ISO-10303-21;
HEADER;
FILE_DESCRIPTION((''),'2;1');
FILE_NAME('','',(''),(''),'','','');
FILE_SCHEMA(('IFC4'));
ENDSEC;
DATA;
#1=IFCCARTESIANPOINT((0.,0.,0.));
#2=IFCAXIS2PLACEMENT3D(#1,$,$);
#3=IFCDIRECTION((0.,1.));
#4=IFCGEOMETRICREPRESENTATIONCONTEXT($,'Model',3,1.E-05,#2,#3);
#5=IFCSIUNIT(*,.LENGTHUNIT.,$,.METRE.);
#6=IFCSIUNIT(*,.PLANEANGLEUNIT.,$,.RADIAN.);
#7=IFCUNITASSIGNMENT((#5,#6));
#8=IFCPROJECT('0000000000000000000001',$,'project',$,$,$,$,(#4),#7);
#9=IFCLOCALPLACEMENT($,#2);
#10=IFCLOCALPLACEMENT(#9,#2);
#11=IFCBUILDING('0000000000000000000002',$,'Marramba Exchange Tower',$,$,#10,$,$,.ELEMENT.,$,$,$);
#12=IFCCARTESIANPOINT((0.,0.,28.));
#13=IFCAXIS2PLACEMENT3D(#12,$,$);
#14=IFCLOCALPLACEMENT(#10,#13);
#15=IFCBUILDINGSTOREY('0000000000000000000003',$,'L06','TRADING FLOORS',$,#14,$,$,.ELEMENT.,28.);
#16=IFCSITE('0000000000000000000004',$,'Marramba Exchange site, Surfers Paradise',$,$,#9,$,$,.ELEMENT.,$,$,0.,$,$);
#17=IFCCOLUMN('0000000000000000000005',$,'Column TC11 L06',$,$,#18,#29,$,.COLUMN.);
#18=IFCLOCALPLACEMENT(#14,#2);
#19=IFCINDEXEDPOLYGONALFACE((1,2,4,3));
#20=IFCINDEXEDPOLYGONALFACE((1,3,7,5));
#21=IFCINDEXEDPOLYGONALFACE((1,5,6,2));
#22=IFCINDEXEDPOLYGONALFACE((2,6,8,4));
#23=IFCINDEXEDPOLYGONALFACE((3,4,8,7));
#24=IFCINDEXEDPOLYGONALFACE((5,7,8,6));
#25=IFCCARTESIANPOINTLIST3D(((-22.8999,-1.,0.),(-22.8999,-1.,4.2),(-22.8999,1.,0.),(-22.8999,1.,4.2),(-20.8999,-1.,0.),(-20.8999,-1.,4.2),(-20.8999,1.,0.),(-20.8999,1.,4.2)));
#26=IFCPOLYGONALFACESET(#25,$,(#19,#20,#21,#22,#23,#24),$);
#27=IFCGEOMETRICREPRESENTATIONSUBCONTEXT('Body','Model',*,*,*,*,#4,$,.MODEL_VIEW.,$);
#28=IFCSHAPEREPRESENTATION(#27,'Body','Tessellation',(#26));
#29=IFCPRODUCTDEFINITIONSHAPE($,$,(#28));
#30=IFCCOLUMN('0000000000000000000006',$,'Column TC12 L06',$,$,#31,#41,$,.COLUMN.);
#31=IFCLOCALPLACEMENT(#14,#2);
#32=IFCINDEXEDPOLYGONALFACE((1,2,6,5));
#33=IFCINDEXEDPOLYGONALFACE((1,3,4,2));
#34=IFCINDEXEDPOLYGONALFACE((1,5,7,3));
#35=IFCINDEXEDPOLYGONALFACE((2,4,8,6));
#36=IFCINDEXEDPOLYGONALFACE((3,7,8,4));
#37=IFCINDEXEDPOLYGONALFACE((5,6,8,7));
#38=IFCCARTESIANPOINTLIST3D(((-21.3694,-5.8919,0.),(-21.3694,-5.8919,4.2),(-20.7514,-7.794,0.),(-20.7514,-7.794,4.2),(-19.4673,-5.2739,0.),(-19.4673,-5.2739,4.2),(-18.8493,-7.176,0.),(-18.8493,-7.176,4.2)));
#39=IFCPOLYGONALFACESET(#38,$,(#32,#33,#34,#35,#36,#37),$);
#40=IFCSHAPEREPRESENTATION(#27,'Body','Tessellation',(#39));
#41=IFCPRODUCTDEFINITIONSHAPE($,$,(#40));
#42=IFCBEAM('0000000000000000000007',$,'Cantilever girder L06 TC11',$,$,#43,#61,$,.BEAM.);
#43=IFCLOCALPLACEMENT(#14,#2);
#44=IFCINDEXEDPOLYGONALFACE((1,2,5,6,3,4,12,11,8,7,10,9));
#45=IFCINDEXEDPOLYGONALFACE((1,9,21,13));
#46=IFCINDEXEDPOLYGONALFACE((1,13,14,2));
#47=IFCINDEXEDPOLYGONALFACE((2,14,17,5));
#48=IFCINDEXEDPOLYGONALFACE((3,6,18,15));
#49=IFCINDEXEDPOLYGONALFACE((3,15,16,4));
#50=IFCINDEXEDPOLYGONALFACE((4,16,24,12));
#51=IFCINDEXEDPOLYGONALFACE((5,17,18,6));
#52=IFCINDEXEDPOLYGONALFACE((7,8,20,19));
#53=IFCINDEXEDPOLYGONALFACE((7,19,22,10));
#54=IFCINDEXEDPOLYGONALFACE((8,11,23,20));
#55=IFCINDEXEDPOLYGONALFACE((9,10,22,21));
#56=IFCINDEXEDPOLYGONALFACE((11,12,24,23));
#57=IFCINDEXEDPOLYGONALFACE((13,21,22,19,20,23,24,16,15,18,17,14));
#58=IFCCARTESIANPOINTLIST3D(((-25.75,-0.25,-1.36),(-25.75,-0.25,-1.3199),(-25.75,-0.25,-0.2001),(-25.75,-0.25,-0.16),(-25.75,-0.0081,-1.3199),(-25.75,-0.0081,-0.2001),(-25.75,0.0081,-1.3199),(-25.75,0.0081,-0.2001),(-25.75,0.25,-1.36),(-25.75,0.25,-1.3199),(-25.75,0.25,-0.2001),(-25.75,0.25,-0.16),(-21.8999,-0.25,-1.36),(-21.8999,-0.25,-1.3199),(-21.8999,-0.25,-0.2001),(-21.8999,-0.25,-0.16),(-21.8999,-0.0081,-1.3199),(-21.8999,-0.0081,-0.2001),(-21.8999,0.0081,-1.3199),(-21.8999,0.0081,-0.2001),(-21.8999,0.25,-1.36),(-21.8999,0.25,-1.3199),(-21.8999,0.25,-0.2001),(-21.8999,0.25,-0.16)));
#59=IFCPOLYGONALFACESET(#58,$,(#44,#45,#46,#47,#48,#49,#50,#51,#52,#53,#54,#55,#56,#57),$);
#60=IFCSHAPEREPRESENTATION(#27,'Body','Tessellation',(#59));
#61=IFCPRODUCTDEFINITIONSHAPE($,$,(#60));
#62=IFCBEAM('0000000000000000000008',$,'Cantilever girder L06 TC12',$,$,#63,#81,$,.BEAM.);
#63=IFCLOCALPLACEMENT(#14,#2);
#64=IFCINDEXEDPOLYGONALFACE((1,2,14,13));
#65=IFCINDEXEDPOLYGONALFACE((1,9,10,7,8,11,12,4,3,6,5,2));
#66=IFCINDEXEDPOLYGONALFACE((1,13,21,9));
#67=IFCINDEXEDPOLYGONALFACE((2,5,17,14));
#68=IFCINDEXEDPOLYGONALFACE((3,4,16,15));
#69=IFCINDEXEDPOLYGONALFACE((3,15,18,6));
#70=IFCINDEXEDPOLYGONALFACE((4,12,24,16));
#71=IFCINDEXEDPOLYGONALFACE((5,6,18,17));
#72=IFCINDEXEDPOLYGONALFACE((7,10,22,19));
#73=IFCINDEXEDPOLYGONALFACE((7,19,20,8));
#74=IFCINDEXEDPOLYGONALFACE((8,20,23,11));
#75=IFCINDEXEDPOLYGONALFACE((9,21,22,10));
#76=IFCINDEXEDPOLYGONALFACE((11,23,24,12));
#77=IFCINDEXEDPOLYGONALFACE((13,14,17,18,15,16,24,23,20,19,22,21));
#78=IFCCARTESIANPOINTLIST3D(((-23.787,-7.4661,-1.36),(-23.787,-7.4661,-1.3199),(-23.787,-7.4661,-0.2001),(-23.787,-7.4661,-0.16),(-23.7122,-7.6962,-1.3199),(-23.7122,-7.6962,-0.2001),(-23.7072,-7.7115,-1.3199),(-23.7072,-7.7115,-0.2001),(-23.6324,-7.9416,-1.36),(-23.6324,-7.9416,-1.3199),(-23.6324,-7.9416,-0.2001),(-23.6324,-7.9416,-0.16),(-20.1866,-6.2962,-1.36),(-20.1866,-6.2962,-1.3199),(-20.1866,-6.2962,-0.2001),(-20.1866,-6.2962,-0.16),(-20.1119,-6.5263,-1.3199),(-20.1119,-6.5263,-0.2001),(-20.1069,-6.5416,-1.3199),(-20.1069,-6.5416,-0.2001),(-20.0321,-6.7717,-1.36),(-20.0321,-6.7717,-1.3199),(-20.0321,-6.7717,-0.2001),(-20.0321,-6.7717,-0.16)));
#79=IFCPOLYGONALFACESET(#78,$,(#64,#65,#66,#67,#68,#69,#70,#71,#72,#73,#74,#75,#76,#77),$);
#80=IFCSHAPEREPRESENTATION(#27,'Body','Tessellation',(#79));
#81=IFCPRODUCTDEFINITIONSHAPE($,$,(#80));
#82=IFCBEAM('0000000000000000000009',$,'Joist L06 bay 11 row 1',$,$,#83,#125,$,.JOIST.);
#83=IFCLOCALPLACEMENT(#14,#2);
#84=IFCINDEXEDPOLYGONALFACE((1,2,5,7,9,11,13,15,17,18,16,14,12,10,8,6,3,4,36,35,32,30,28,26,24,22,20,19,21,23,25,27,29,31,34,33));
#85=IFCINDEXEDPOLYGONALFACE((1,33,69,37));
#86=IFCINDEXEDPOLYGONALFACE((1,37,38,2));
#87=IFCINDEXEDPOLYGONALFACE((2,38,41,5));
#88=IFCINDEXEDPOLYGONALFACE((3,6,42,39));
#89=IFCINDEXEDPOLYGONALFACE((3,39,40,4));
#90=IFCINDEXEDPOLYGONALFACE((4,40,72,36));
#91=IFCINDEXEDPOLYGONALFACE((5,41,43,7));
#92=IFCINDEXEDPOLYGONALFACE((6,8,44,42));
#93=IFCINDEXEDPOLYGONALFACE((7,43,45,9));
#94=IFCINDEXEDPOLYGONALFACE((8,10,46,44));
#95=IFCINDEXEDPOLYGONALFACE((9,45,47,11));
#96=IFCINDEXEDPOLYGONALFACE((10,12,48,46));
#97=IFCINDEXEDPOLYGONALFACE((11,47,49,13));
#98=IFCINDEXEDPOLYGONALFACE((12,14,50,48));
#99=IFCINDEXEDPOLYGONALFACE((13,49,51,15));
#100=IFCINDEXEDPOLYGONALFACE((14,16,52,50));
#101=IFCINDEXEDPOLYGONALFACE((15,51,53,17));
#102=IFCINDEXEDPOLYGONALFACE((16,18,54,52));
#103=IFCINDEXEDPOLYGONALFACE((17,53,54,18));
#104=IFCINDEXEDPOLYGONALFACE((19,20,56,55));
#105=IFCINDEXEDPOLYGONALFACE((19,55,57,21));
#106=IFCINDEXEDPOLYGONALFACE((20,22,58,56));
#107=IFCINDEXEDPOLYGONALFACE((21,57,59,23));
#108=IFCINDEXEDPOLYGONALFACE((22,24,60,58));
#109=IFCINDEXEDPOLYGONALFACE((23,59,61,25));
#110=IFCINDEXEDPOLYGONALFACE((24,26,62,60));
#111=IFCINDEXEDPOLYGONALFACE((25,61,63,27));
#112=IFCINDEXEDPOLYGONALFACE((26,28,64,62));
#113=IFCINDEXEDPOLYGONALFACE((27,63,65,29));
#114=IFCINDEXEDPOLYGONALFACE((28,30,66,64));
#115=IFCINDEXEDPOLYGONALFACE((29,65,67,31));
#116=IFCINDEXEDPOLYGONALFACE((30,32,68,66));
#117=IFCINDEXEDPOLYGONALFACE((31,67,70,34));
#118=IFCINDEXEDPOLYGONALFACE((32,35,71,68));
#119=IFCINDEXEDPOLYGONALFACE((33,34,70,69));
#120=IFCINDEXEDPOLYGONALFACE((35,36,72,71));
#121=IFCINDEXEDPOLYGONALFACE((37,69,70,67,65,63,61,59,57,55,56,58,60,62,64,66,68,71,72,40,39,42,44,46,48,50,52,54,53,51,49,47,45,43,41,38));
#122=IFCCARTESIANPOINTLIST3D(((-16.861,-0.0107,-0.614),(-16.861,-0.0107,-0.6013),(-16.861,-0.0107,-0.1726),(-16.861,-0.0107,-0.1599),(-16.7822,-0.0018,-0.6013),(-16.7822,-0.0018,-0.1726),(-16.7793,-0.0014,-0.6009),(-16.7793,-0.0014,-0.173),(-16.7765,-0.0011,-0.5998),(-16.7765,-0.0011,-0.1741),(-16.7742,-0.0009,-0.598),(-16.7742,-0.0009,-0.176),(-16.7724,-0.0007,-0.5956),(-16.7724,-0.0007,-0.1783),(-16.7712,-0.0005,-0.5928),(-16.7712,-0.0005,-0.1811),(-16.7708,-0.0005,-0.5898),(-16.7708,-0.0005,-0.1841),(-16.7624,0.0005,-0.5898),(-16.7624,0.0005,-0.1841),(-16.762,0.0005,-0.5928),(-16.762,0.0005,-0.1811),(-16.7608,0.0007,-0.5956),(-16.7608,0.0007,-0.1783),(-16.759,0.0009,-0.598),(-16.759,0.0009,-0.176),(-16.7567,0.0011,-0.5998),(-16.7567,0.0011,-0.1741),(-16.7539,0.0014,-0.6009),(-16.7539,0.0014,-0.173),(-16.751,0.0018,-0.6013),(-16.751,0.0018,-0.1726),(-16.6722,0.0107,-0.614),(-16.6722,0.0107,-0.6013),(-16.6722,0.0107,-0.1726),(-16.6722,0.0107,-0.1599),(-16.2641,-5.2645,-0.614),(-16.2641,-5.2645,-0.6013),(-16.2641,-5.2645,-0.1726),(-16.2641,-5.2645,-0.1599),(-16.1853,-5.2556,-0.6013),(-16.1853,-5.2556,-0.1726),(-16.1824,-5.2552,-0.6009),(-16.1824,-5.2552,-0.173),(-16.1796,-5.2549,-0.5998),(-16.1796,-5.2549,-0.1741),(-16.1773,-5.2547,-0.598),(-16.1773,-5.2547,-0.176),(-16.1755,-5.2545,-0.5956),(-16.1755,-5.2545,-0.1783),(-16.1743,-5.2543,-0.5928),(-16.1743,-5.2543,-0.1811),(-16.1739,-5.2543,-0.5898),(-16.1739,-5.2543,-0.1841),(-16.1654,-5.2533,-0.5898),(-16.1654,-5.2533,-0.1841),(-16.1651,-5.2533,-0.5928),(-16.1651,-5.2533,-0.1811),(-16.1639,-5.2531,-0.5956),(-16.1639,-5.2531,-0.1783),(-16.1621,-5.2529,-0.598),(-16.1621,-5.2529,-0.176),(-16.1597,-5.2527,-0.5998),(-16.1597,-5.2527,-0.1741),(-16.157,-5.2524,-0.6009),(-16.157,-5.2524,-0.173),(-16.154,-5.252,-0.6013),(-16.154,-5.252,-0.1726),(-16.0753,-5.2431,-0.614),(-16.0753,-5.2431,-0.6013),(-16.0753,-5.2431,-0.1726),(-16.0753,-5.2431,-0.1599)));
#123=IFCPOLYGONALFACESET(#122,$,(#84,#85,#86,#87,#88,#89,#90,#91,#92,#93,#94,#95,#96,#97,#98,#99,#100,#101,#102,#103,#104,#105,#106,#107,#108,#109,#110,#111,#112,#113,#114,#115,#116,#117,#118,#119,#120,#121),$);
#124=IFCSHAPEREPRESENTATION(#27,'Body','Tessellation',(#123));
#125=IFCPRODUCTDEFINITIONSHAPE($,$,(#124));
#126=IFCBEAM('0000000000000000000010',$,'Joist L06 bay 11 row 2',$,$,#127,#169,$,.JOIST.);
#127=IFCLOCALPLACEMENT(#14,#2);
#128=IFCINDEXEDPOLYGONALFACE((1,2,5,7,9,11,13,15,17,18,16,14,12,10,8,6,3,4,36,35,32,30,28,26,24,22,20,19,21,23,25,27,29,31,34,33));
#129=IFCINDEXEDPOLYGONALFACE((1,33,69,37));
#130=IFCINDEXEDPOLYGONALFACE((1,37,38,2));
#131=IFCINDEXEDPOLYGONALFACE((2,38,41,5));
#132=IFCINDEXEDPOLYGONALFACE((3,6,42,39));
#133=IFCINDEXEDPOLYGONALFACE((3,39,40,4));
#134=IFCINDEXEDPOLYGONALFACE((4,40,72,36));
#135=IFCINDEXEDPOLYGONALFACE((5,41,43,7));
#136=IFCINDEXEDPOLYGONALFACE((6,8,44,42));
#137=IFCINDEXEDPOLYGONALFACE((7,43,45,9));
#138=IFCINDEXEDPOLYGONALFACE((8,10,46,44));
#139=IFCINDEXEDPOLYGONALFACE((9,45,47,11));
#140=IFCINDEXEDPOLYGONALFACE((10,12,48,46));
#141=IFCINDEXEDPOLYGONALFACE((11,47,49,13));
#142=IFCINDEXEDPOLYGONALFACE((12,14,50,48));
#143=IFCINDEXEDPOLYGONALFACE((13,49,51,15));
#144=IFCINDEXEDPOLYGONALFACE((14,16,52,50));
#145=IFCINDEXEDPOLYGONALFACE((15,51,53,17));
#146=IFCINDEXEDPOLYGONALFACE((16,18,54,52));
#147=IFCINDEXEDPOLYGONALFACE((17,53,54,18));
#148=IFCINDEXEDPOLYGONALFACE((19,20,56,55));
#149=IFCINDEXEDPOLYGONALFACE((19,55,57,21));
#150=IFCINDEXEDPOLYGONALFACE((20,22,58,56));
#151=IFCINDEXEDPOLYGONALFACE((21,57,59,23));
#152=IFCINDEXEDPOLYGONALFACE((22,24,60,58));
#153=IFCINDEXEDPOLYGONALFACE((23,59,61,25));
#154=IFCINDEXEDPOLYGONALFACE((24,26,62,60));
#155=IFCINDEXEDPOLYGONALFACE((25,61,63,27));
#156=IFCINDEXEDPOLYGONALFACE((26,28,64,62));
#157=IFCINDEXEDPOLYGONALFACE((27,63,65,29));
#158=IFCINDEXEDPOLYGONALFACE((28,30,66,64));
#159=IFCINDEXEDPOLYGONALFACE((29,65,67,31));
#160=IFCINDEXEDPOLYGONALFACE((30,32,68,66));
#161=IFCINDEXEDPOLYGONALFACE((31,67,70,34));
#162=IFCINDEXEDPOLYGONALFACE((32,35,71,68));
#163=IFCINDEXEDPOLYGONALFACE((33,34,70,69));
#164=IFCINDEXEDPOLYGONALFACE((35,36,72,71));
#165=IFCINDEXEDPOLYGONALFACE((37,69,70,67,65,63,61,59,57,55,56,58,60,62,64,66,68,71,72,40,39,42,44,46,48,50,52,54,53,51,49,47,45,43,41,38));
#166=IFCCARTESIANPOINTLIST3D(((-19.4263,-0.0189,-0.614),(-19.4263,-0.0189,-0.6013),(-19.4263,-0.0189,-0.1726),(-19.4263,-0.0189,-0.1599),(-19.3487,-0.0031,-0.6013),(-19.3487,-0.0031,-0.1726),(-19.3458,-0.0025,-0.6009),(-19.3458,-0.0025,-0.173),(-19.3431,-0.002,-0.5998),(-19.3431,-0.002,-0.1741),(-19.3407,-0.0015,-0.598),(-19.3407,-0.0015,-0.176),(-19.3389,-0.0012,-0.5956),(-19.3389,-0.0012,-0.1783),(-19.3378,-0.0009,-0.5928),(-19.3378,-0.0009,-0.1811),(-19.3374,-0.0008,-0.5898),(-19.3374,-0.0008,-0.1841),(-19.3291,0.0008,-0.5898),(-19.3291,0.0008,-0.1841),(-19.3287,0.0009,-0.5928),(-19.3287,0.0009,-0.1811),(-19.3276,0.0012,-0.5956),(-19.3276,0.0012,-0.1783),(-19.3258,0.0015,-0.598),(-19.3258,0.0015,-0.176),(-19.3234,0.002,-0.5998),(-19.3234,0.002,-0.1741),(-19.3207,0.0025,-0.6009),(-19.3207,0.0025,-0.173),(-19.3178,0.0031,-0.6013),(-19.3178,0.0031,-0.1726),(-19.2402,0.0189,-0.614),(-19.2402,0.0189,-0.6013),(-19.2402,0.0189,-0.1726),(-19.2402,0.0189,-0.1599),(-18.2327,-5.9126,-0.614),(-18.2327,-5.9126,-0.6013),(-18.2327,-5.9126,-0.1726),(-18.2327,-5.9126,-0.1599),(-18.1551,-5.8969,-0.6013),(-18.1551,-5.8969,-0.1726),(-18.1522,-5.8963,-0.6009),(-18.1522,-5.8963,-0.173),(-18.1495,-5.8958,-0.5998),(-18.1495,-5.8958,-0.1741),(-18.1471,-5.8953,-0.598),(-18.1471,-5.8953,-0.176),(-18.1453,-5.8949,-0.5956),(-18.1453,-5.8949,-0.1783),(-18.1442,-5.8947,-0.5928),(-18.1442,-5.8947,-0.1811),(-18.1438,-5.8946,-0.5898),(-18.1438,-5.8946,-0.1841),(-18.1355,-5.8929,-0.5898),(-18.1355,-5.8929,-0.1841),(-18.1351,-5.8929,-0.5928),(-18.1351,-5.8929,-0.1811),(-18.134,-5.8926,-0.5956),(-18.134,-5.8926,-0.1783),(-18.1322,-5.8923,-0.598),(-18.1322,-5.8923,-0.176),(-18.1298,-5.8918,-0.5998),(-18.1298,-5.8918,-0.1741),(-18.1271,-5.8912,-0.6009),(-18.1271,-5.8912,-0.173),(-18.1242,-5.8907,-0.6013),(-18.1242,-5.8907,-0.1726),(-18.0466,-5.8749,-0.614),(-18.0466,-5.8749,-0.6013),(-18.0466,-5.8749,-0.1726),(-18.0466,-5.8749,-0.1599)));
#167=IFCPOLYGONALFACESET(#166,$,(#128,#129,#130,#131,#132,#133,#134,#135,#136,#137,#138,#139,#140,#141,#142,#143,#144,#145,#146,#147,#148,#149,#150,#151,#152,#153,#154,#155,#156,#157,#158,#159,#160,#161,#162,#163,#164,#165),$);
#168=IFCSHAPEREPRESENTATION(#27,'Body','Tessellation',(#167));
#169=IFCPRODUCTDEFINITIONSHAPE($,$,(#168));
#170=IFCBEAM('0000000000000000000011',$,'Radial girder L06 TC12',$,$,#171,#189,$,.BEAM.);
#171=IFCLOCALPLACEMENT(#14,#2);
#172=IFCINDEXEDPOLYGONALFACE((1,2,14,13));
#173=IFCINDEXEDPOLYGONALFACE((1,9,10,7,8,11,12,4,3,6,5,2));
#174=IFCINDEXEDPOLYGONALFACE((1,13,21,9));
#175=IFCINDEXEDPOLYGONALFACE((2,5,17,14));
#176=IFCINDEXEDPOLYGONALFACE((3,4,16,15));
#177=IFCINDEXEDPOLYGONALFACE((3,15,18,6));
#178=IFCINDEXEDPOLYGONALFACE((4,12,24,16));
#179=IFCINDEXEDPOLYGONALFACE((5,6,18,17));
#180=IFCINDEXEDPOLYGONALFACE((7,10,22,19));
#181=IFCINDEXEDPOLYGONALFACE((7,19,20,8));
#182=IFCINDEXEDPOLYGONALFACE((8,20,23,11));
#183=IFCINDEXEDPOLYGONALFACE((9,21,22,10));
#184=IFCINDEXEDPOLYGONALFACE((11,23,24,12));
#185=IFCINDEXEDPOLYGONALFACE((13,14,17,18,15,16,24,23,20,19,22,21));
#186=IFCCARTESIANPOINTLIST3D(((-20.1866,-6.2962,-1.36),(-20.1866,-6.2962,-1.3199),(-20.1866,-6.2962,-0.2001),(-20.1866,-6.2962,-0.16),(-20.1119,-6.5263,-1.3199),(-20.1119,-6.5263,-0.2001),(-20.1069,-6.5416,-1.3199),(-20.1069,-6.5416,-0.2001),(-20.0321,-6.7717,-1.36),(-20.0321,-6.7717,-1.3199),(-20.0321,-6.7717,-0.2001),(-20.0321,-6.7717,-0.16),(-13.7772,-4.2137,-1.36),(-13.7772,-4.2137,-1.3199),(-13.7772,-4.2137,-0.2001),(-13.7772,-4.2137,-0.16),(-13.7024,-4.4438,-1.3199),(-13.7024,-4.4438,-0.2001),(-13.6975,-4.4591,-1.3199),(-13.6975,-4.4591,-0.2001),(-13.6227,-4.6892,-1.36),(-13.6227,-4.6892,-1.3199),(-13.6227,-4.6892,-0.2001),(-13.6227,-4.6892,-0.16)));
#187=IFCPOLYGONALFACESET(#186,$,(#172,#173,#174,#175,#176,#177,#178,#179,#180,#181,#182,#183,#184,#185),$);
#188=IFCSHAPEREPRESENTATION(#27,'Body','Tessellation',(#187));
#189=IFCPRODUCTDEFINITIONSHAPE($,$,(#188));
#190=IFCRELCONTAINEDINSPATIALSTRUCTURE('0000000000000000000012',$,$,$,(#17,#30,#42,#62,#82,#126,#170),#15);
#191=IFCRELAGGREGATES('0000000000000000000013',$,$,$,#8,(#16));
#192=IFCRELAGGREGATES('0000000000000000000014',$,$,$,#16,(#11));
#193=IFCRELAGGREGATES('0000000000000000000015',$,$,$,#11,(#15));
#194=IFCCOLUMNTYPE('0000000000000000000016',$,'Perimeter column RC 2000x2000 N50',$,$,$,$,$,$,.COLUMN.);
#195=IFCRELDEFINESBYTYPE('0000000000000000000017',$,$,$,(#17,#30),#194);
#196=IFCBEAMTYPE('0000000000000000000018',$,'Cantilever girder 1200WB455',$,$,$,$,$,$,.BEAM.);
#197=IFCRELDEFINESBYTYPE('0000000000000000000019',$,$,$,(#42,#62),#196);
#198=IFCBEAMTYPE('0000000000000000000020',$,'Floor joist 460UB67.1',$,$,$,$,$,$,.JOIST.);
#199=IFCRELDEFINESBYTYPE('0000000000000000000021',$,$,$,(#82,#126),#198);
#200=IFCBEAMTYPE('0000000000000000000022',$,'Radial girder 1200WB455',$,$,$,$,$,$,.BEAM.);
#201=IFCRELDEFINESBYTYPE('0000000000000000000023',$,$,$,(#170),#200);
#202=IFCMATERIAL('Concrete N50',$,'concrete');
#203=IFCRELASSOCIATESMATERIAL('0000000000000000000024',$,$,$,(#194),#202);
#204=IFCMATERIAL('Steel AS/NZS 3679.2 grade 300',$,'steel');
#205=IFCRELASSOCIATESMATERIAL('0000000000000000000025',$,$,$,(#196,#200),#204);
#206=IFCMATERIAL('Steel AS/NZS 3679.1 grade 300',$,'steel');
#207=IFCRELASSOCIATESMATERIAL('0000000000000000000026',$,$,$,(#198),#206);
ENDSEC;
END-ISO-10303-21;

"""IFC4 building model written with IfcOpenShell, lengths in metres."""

from ifc_helpers import new_model, si_unit, direction, frame, origin, origin_2d, place, context, subcontext, project, spatial, rectangle, i_section, extrude, material, material_profile, profile_set, type_object, element, save


model = new_model("IFC4")

# Units and contexts
model_context = context("Model", 3, precision=1e-05, world=origin(), true_north=direction((0.0, 1.0)))
body_context = subcontext(model_context, "Body", "Model", "MODEL_VIEW")
ifc_project = project(units=[si_unit("LENGTHUNIT", "METRE"), si_unit("PLANEANGLEUNIT", "RADIAN")], contexts=[model_context])

# Site, building, storey
site_placement = place(None, origin())
site = spatial("IfcSite", under=ifc_project, at=site_placement, Name="Marramba Exchange site, Surfers Paradise", CompositionType="ELEMENT", RefElevation=0.0)
building_placement = place(site_placement, origin())
building = spatial("IfcBuilding", under=site, at=building_placement, Name="Marramba Exchange Tower", CompositionType="ELEMENT")
storey_placement = place(building_placement, frame((0.0, 0.0, 28.0)))
storey = spatial("IfcBuildingStorey", under=building, at=storey_placement, Name="L06", Description="TRADING FLOORS", CompositionType="ELEMENT", Elevation=28.0)

# Columns
ifc_material_1 = material(Name="Concrete N50", Category="concrete")
ifc_material_profile_1 = material_profile(ifc_material_1, rectangle(XDim=2.0, YDim=2.0, at=origin_2d()), Name="RC 2000x2000")
ifc_profile_set_1 = profile_set([ifc_material_profile_1], Name="Concrete N50")
column_type = type_object("IfcColumnType", Name="Perimeter column RC 2000x2000 N50", PredefinedType="COLUMN", material=ifc_profile_set_1)
for number, where, z_axis, x_axis, name in (
    (1, (-21.8999, 0.0, 0.0), (0.0, 0.0, 1.0), (-1.0, 0.0, 0.0), "Column TC11 L06"),
    (2, (-20.1094, -6.5339, 0.0), (0.0, 0.0, 1.0), (-0.951057, -0.309017, 0.0), "Column TC12 L06"),
):
    element("IfcColumn", number, at=place(storey_placement, frame(where, z_axis=z_axis, x_axis=x_axis)), inside=storey, type_object=column_type, Name=name, PredefinedType="COLUMN", context=body_context, shape_type="SweptSolid", body=[
        extrude(rectangle(XDim=2.0, YDim=2.0, at=origin_2d()), origin(), (0.0, 0.0, 1.0), 4.2),
    ])

# Beams
ifc_material_2 = material(Name="Steel AS/NZS 3679.2 grade 300", Category="steel")
ifc_material_profile_2 = material_profile(ifc_material_2, i_section(OverallWidth=0.5, OverallDepth=1.2, WebThickness=0.0161, FlangeThickness=0.04, at=origin_2d()), Name="1200WB455")
ifc_profile_set_2 = profile_set([ifc_material_profile_2], Name="Steel AS/NZS 3679.2 grade 300")
beam_type_1 = type_object("IfcBeamType", Name="Cantilever girder 1200WB455", PredefinedType="BEAM", material=ifc_profile_set_2)
beam_1_placement = place(storey_placement, frame((-21.8999, 0.0, -0.76), z_axis=(-1.0, 0.0, 0.0), x_axis=(0.0, -1.0, 0.0)))
element("IfcBeam", 3, at=beam_1_placement, inside=storey, type_object=beam_type_1, Name="Cantilever girder L06 TC11", PredefinedType="BEAM", context=body_context, shape_type="SweptSolid", body=[
    extrude(i_section(OverallWidth=0.5, OverallDepth=1.2, WebThickness=0.0161, FlangeThickness=0.04, at=origin_2d()), origin(), (0.0, 0.0, 1.0), 3.8501),
])
beam_2_placement = place(storey_placement, frame((-20.1094, -6.5339, -0.76), z_axis=(-0.951049, -0.309041, 0.0), x_axis=(0.309041, -0.951049, 0.0)))
element("IfcBeam", 4, at=beam_2_placement, inside=storey, type_object=beam_type_1, Name="Cantilever girder L06 TC12", PredefinedType="BEAM", context=body_context, shape_type="SweptSolid", body=[
    extrude(i_section(OverallWidth=0.5, OverallDepth=1.2, WebThickness=0.0161, FlangeThickness=0.04, at=origin_2d()), origin(), (0.0, 0.0, 1.0), 3.7856),
])
ifc_material_3 = material(Name="Steel AS/NZS 3679.1 grade 300", Category="steel")
ifc_material_profile_3 = material_profile(ifc_material_3, i_section(OverallWidth=0.1899, OverallDepth=0.4541, WebThickness=0.0085, FlangeThickness=0.0127, FilletRadius=0.0115, at=origin_2d()), Name="460UB67.1")
ifc_profile_set_3 = profile_set([ifc_material_profile_3], Name="Steel AS/NZS 3679.1 grade 300")
beam_type_2 = type_object("IfcBeamType", Name="Floor joist 460UB67.1", PredefinedType="JOIST", material=ifc_profile_set_3)
beam_3_placement = place(storey_placement, frame((-16.7666, 0.0, -0.387), z_axis=(0.112889, -0.993608, 0.0), x_axis=(0.993608, 0.112889, 0.0)))
element("IfcBeam", 5, at=beam_3_placement, inside=storey, type_object=beam_type_2, Name="Joist L06 bay 11 row 1", PredefinedType="JOIST", context=body_context, shape_type="SweptSolid", body=[
    extrude(i_section(OverallWidth=0.1899, OverallDepth=0.4541, WebThickness=0.0085, FlangeThickness=0.0127, FilletRadius=0.0115, at=origin_2d()), origin(), (0.0, 0.0, 1.0), 5.2876),
])
beam_4_placement = place(storey_placement, frame((-19.3333, 0.0, -0.387), z_axis=(0.198489, -0.980103, 0.0), x_axis=(0.980103, 0.198489, 0.0)))
element("IfcBeam", 6, at=beam_4_placement, inside=storey, type_object=beam_type_2, Name="Joist L06 bay 11 row 2", PredefinedType="JOIST", context=body_context, shape_type="SweptSolid", body=[
    extrude(i_section(OverallWidth=0.1899, OverallDepth=0.4541, WebThickness=0.0085, FlangeThickness=0.0127, FilletRadius=0.0115, at=origin_2d()), origin(), (0.0, 0.0, 1.0), 6.0134),
])
ifc_material_profile_4 = material_profile(ifc_material_2, i_section(OverallWidth=0.5, OverallDepth=1.2, WebThickness=0.0161, FlangeThickness=0.04, at=origin_2d()), Name="1200WB455")
ifc_profile_set_4 = profile_set([ifc_material_profile_4], Name="Steel AS/NZS 3679.2 grade 300")
beam_type_3 = type_object("IfcBeamType", Name="Radial girder 1200WB455", PredefinedType="BEAM", material=ifc_profile_set_4)
beam_5_placement = place(storey_placement, frame((-13.7, -4.4514, -0.76), z_axis=(-0.951058, -0.309013, 0.0), x_axis=(0.309013, -0.951058, 0.0)))
element("IfcBeam", 7, at=beam_5_placement, inside=storey, type_object=beam_type_3, Name="Radial girder L06 TC12", PredefinedType="BEAM", context=body_context, shape_type="SweptSolid", body=[
    extrude(i_section(OverallWidth=0.5, OverallDepth=1.2, WebThickness=0.0161, FlangeThickness=0.04, at=origin_2d()), origin(), (0.0, 0.0, 1.0), 6.7393),
])

save(model, "model.ifc")
